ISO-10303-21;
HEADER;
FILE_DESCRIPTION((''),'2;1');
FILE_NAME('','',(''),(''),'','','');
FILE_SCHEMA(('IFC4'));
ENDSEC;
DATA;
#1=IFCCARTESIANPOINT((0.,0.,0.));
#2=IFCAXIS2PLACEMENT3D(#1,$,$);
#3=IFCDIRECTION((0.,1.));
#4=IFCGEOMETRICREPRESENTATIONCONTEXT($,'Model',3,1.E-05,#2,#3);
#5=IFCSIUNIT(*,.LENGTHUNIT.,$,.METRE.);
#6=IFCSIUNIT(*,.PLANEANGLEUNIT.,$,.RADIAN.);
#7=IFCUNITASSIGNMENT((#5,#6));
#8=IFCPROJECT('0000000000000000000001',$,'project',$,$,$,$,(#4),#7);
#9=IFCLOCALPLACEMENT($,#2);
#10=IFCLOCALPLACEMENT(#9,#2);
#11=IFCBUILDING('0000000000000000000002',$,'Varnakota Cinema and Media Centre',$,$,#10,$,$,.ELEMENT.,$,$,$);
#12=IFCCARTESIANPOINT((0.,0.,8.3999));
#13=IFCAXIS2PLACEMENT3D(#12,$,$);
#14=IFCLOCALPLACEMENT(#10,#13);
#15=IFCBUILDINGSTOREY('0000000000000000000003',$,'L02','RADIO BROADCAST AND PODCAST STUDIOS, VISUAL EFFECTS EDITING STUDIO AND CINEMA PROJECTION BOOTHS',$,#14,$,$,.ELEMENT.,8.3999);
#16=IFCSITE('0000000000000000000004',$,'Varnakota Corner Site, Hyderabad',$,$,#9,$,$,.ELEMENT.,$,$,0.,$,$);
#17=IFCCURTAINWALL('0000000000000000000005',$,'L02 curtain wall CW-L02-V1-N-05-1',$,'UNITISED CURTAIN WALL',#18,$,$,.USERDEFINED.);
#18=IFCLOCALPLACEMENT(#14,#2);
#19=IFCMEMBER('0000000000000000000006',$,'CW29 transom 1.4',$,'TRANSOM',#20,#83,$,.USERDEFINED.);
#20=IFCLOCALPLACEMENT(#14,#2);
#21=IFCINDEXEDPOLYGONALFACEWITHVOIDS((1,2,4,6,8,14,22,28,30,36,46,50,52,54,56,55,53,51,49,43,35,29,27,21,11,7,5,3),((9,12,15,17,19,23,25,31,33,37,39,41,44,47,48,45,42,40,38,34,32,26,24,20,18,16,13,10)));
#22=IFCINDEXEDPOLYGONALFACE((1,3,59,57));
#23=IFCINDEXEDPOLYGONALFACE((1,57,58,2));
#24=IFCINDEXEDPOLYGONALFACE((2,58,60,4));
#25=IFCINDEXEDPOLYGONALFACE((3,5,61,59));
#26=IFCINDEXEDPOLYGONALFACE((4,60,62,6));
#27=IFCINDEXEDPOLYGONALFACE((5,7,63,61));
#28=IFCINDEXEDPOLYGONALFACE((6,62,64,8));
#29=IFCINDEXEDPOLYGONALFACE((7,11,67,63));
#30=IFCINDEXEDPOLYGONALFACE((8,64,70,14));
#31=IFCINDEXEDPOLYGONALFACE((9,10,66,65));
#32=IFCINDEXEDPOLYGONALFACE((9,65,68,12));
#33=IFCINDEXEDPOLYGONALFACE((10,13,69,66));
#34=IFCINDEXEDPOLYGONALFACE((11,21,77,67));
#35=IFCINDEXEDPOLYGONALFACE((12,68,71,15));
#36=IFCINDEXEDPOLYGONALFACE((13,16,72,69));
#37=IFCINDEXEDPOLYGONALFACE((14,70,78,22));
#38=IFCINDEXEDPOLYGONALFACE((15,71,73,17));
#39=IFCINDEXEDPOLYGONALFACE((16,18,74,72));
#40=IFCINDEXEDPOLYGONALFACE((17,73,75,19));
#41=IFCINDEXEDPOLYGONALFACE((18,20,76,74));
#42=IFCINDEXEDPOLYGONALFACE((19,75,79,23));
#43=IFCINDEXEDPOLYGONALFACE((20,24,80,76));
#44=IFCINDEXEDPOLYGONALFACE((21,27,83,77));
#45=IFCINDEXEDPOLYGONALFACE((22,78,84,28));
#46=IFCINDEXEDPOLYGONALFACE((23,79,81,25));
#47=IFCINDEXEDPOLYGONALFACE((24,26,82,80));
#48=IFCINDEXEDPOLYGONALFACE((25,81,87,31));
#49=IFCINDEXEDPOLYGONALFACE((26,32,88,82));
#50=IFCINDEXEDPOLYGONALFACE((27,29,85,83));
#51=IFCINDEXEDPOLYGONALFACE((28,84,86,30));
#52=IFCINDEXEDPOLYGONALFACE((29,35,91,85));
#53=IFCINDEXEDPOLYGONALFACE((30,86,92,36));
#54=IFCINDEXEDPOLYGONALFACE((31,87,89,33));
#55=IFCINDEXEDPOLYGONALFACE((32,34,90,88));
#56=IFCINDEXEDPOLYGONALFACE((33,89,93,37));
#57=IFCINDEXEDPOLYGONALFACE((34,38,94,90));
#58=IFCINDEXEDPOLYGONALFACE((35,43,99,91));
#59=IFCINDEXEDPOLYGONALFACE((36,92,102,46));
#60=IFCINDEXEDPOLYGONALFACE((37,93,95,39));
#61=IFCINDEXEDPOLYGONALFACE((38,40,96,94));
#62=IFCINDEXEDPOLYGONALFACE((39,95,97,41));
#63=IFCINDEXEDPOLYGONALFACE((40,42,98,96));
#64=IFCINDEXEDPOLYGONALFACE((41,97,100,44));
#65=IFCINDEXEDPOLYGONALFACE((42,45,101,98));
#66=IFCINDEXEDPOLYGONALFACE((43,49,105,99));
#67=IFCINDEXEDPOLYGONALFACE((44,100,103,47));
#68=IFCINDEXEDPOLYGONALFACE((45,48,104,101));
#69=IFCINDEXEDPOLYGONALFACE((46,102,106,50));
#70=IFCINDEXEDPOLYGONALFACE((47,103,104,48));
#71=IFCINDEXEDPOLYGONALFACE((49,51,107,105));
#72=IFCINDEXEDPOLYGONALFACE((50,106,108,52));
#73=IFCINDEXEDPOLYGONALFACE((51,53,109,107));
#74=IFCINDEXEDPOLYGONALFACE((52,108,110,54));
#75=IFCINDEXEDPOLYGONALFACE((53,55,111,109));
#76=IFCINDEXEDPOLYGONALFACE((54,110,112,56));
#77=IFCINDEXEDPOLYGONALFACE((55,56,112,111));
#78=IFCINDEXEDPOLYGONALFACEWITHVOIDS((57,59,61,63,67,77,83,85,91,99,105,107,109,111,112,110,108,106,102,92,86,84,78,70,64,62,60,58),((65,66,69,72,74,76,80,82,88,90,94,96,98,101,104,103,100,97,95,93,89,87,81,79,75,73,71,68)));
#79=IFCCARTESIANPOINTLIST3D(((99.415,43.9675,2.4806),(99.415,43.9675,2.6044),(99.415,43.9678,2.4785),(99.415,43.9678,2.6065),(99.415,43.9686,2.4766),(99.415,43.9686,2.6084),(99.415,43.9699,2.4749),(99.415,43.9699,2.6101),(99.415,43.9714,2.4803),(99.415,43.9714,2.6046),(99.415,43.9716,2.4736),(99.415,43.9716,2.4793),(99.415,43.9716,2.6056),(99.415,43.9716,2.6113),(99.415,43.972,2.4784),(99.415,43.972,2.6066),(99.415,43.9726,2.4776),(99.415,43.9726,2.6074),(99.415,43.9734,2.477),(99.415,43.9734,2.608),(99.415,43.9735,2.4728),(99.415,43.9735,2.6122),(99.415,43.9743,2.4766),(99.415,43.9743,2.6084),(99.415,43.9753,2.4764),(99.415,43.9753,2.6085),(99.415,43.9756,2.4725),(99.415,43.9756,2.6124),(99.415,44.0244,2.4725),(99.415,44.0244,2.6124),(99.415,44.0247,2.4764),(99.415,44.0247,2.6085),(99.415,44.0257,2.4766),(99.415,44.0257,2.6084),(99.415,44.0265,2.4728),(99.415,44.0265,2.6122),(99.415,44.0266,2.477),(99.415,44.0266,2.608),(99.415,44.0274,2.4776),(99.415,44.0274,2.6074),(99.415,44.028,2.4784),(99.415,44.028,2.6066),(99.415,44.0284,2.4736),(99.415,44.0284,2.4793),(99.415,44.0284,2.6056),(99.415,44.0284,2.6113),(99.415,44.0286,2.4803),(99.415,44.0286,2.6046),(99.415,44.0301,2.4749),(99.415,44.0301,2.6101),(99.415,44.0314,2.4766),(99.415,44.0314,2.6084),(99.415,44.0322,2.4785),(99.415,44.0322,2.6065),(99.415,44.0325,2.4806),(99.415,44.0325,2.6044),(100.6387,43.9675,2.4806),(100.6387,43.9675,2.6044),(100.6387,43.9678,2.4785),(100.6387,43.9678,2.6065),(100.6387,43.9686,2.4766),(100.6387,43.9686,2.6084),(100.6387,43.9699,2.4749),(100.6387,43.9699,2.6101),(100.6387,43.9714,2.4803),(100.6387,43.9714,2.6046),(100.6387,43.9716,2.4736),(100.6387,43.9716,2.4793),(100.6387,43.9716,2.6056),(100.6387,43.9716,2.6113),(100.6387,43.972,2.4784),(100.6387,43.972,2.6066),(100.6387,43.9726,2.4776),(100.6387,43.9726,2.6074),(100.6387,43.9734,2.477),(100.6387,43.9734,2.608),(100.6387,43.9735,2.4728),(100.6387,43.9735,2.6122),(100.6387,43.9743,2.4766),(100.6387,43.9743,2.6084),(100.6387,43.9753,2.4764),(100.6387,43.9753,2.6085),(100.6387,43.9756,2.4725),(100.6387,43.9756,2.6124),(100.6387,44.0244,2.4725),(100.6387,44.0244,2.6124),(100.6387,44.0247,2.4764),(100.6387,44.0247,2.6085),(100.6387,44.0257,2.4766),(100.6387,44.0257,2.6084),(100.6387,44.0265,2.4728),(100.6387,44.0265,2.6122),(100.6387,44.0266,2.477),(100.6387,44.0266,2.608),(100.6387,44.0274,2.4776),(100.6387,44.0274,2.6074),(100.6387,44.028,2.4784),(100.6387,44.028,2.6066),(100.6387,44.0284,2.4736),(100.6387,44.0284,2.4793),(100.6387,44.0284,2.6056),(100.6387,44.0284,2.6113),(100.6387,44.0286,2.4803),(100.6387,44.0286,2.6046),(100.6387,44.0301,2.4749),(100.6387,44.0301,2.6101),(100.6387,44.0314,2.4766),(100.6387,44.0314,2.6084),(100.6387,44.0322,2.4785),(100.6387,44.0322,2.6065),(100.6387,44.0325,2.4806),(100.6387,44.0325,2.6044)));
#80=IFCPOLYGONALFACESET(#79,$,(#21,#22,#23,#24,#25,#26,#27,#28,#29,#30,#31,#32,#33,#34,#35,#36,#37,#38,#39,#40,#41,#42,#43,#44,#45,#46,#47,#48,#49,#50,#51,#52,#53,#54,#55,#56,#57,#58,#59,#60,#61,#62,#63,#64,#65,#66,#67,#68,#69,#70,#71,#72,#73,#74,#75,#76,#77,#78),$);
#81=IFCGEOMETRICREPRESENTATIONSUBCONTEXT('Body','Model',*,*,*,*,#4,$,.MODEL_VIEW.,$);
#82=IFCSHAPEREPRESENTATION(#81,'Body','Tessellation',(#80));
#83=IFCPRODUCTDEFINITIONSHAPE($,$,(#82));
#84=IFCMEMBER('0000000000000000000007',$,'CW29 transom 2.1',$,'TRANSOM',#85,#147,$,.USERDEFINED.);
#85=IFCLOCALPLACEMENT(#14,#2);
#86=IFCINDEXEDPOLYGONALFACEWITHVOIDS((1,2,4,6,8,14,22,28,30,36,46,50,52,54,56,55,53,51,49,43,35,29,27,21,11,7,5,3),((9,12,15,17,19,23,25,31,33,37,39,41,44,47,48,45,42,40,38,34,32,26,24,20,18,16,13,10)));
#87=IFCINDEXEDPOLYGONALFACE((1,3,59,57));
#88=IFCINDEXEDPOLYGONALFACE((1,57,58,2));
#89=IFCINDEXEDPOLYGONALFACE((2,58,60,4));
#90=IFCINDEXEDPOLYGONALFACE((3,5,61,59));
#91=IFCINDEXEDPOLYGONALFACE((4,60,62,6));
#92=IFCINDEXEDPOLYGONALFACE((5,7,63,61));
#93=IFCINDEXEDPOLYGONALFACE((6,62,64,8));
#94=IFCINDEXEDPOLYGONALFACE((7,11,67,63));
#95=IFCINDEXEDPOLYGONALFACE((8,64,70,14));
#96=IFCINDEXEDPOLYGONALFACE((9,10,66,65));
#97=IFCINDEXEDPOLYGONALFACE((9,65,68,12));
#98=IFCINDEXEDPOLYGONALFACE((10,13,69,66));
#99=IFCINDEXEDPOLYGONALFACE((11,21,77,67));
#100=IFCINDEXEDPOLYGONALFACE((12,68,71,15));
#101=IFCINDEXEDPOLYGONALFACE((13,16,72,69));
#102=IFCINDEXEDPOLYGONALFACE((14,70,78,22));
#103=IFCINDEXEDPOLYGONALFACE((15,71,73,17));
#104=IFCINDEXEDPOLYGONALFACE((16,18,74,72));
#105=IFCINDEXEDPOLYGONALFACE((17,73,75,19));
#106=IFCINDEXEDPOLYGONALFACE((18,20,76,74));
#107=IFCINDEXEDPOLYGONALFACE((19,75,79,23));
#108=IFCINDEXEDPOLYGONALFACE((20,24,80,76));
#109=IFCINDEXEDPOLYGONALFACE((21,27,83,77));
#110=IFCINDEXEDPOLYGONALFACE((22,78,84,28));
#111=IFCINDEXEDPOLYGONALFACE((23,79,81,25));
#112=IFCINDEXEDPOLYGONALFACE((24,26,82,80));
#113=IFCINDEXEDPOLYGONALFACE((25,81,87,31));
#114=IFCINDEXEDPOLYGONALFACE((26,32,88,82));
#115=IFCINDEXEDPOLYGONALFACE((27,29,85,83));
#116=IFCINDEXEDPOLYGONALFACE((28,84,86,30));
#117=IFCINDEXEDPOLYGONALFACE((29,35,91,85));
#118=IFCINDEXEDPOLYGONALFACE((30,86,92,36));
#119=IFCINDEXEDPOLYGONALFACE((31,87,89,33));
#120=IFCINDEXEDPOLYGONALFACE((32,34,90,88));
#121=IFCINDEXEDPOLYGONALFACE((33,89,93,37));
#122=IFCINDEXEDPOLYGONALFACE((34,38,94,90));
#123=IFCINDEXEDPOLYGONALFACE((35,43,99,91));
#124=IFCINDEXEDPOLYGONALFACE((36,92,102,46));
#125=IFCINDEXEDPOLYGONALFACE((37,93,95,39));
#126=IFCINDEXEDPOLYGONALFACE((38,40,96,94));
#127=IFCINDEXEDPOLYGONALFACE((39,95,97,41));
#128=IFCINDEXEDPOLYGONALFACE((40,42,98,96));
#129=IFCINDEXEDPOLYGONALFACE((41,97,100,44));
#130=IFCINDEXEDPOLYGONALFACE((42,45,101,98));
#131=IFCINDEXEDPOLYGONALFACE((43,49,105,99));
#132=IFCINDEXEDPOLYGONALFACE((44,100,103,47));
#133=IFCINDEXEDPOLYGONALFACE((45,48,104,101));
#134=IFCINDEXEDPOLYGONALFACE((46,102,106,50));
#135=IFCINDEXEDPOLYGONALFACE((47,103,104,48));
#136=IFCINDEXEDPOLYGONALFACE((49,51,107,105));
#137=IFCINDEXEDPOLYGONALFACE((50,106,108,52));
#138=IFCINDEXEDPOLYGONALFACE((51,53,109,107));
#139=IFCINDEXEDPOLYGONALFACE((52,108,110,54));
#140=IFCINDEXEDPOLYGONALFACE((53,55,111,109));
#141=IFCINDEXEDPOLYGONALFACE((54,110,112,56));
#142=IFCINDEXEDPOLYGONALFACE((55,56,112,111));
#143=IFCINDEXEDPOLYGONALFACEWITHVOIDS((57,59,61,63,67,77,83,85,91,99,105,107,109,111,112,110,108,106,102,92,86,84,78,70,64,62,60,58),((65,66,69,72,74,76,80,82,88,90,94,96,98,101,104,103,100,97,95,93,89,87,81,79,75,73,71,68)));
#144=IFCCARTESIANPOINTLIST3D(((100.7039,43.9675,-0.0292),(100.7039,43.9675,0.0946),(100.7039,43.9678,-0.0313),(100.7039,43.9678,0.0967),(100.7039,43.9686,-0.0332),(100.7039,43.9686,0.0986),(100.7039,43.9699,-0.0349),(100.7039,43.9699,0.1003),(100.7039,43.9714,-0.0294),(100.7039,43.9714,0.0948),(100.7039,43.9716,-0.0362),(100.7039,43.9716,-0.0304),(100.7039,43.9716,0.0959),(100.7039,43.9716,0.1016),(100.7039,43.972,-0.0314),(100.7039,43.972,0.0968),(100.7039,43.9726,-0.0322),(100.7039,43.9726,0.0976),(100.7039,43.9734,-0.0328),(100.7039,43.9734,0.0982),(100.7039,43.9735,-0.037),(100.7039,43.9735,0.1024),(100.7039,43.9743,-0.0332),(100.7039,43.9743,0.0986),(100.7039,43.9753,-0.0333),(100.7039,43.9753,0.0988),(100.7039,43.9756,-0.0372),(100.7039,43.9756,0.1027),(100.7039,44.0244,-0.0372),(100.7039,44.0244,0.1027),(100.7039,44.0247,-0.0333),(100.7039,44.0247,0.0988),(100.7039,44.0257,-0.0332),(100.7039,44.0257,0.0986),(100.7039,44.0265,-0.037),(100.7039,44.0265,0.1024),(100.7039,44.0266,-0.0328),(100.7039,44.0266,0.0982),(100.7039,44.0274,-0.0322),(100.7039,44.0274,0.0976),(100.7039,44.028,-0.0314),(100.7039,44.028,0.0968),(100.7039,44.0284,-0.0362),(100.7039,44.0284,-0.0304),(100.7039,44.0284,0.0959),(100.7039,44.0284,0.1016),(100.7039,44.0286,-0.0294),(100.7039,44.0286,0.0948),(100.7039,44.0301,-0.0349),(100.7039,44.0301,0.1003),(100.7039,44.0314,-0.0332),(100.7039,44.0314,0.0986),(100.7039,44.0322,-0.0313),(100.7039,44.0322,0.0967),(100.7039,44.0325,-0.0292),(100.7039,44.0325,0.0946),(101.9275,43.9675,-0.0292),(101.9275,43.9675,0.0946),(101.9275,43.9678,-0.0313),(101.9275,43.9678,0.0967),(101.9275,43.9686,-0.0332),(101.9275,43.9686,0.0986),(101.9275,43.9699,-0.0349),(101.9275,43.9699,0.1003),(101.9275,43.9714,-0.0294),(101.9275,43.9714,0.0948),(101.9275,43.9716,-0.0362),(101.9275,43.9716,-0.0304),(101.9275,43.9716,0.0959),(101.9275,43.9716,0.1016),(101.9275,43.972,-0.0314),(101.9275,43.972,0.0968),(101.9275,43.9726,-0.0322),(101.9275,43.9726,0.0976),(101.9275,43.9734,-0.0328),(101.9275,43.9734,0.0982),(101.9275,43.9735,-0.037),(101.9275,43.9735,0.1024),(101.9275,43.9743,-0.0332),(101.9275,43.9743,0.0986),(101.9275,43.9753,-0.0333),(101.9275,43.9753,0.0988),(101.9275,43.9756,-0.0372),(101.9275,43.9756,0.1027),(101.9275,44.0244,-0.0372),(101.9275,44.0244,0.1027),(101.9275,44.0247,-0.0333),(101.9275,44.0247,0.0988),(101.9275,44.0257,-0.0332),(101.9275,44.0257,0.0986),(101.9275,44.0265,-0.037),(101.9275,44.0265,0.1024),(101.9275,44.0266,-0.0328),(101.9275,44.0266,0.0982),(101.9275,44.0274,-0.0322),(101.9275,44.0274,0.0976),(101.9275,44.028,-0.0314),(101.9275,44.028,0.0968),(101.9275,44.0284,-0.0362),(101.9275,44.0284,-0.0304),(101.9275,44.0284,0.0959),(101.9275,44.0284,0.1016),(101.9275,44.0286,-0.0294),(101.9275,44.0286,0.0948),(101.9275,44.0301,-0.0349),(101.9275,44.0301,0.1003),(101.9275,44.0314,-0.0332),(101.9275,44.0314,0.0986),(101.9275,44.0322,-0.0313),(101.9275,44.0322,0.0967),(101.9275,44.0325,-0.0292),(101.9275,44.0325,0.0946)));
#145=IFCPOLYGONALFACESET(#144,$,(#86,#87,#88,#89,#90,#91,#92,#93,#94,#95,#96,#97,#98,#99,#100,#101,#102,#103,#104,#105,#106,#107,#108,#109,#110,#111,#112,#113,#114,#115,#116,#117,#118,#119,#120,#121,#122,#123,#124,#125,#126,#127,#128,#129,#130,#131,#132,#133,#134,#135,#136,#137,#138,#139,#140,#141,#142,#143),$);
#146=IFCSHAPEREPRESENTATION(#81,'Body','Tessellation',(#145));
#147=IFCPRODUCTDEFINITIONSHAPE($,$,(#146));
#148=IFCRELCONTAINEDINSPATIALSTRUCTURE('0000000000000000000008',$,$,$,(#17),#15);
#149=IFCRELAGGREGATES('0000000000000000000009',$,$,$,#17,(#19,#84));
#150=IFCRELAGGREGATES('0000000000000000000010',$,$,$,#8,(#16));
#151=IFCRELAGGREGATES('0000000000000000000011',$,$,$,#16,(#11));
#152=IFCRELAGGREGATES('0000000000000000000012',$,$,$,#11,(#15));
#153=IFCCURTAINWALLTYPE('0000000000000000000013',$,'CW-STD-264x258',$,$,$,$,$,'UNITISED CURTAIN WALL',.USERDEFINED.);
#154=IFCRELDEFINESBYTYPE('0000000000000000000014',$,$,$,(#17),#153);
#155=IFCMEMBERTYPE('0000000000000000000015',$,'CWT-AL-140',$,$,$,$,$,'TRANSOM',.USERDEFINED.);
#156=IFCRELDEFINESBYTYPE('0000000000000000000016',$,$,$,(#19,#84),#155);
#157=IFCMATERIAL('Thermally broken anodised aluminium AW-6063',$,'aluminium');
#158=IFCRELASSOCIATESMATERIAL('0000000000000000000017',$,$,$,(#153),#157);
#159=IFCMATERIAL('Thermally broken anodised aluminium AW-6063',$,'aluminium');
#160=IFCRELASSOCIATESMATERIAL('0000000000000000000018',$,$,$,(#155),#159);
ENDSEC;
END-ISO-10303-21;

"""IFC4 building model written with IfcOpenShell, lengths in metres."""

from ifc_helpers import new_model, si_unit, direction, frame, origin, origin_2d, place, context, subcontext, project, spatial, hollow_rectangle, extrude, material, material_profile, profile_set, type_object, element, aggregate, save


model = new_model("IFC4")

# Units and contexts
model_context = context("Model", 3, precision=1e-05, world=origin(), true_north=direction((0.0, 1.0)))
body_context = subcontext(model_context, "Body", "Model", "MODEL_VIEW")
ifc_project = project(units=[si_unit("LENGTHUNIT", "METRE"), si_unit("PLANEANGLEUNIT", "RADIAN")], contexts=[model_context])

# Site, building, storey
site_placement = place(None, origin())
site = spatial("IfcSite", under=ifc_project, at=site_placement, Name="Varnakota Corner Site, Hyderabad", CompositionType="ELEMENT", RefElevation=0.0)
building_placement = place(site_placement, origin())
building = spatial("IfcBuilding", under=site, at=building_placement, Name="Varnakota Cinema and Media Centre", CompositionType="ELEMENT")
storey_placement = place(building_placement, frame((0.0, 0.0, 8.3999)))
storey = spatial("IfcBuildingStorey", under=building, at=storey_placement, Name="L02", Description="RADIO BROADCAST AND PODCAST STUDIOS, VISUAL EFFECTS EDITING STUDIO AND CINEMA PROJECTION BOOTHS", CompositionType="ELEMENT", Elevation=8.3999)

# Shared definitions
ifc_material_1 = material(Name="Thermally broken anodised aluminium AW-6063", Category="aluminium")
curtain_wall_type = type_object("IfcCurtainWallType", Name="CW-STD-264x258", ElementType="UNITISED CURTAIN WALL", PredefinedType="USERDEFINED", material=ifc_material_1)

# Curtain wall
curtain_wall_1_placement = place(storey_placement, origin())
curtain_wall_1 = element("IfcCurtainWall", 1, at=curtain_wall_1_placement, inside=storey, type_object=curtain_wall_type, Name="L02 curtain wall CW-L02-V1-N-05-1", ObjectType="UNITISED CURTAIN WALL", PredefinedType="USERDEFINED")

# Members
ifc_material_2 = material(Name="Thermally broken anodised aluminium AW-6063", Category="aluminium")
ifc_material_profile_1 = material_profile(ifc_material_2, hollow_rectangle(XDim=0.0649, YDim=0.1399, WallThickness=0.0039, InnerFilletRadius=0.0039, OuterFilletRadius=0.0081, at=origin_2d()), Name="AL-TRANSOM 140x65x4")
ifc_profile_set_1 = profile_set([ifc_material_profile_1], Name="Thermally broken anodised aluminium AW-6063")
member_type_1 = type_object("IfcMemberType", Name="CWT-AL-140", ElementType="TRANSOM", PredefinedType="USERDEFINED", material=ifc_profile_set_1)
member_1_placement = place(storey_placement, frame((99.415, 44.0, 2.5425), z_axis=(1.0, 0.0, 0.0), x_axis=(0.0, 1.0, 0.0)))
member_1 = element("IfcMember", 2, at=member_1_placement, type_object=member_type_1, Name="CW29 transom 1.4", ObjectType="TRANSOM", PredefinedType="USERDEFINED", context=body_context, shape_type="SweptSolid", body=[
    extrude(hollow_rectangle(XDim=0.0649, YDim=0.1399, WallThickness=0.0039, InnerFilletRadius=0.0039, OuterFilletRadius=0.0081, at=origin_2d()), origin(), (0.0, 0.0, 1.0), 1.2236),
])
member_2_placement = place(storey_placement, frame((100.7039, 44.0, 0.0327), z_axis=(1.0, 0.0, 0.0), x_axis=(0.0, 1.0, 0.0)))
member_2 = element("IfcMember", 3, at=member_2_placement, type_object=member_type_1, Name="CW29 transom 2.1", ObjectType="TRANSOM", PredefinedType="USERDEFINED", context=body_context, shape_type="SweptSolid", body=[
    extrude(hollow_rectangle(XDim=0.0649, YDim=0.1399, WallThickness=0.0039, InnerFilletRadius=0.0039, OuterFilletRadius=0.0081, at=origin_2d()), origin(), (0.0, 0.0, 1.0), 1.2236),
])

aggregate(curtain_wall_1, [member_1, member_2])

save(model, "model.ifc")
